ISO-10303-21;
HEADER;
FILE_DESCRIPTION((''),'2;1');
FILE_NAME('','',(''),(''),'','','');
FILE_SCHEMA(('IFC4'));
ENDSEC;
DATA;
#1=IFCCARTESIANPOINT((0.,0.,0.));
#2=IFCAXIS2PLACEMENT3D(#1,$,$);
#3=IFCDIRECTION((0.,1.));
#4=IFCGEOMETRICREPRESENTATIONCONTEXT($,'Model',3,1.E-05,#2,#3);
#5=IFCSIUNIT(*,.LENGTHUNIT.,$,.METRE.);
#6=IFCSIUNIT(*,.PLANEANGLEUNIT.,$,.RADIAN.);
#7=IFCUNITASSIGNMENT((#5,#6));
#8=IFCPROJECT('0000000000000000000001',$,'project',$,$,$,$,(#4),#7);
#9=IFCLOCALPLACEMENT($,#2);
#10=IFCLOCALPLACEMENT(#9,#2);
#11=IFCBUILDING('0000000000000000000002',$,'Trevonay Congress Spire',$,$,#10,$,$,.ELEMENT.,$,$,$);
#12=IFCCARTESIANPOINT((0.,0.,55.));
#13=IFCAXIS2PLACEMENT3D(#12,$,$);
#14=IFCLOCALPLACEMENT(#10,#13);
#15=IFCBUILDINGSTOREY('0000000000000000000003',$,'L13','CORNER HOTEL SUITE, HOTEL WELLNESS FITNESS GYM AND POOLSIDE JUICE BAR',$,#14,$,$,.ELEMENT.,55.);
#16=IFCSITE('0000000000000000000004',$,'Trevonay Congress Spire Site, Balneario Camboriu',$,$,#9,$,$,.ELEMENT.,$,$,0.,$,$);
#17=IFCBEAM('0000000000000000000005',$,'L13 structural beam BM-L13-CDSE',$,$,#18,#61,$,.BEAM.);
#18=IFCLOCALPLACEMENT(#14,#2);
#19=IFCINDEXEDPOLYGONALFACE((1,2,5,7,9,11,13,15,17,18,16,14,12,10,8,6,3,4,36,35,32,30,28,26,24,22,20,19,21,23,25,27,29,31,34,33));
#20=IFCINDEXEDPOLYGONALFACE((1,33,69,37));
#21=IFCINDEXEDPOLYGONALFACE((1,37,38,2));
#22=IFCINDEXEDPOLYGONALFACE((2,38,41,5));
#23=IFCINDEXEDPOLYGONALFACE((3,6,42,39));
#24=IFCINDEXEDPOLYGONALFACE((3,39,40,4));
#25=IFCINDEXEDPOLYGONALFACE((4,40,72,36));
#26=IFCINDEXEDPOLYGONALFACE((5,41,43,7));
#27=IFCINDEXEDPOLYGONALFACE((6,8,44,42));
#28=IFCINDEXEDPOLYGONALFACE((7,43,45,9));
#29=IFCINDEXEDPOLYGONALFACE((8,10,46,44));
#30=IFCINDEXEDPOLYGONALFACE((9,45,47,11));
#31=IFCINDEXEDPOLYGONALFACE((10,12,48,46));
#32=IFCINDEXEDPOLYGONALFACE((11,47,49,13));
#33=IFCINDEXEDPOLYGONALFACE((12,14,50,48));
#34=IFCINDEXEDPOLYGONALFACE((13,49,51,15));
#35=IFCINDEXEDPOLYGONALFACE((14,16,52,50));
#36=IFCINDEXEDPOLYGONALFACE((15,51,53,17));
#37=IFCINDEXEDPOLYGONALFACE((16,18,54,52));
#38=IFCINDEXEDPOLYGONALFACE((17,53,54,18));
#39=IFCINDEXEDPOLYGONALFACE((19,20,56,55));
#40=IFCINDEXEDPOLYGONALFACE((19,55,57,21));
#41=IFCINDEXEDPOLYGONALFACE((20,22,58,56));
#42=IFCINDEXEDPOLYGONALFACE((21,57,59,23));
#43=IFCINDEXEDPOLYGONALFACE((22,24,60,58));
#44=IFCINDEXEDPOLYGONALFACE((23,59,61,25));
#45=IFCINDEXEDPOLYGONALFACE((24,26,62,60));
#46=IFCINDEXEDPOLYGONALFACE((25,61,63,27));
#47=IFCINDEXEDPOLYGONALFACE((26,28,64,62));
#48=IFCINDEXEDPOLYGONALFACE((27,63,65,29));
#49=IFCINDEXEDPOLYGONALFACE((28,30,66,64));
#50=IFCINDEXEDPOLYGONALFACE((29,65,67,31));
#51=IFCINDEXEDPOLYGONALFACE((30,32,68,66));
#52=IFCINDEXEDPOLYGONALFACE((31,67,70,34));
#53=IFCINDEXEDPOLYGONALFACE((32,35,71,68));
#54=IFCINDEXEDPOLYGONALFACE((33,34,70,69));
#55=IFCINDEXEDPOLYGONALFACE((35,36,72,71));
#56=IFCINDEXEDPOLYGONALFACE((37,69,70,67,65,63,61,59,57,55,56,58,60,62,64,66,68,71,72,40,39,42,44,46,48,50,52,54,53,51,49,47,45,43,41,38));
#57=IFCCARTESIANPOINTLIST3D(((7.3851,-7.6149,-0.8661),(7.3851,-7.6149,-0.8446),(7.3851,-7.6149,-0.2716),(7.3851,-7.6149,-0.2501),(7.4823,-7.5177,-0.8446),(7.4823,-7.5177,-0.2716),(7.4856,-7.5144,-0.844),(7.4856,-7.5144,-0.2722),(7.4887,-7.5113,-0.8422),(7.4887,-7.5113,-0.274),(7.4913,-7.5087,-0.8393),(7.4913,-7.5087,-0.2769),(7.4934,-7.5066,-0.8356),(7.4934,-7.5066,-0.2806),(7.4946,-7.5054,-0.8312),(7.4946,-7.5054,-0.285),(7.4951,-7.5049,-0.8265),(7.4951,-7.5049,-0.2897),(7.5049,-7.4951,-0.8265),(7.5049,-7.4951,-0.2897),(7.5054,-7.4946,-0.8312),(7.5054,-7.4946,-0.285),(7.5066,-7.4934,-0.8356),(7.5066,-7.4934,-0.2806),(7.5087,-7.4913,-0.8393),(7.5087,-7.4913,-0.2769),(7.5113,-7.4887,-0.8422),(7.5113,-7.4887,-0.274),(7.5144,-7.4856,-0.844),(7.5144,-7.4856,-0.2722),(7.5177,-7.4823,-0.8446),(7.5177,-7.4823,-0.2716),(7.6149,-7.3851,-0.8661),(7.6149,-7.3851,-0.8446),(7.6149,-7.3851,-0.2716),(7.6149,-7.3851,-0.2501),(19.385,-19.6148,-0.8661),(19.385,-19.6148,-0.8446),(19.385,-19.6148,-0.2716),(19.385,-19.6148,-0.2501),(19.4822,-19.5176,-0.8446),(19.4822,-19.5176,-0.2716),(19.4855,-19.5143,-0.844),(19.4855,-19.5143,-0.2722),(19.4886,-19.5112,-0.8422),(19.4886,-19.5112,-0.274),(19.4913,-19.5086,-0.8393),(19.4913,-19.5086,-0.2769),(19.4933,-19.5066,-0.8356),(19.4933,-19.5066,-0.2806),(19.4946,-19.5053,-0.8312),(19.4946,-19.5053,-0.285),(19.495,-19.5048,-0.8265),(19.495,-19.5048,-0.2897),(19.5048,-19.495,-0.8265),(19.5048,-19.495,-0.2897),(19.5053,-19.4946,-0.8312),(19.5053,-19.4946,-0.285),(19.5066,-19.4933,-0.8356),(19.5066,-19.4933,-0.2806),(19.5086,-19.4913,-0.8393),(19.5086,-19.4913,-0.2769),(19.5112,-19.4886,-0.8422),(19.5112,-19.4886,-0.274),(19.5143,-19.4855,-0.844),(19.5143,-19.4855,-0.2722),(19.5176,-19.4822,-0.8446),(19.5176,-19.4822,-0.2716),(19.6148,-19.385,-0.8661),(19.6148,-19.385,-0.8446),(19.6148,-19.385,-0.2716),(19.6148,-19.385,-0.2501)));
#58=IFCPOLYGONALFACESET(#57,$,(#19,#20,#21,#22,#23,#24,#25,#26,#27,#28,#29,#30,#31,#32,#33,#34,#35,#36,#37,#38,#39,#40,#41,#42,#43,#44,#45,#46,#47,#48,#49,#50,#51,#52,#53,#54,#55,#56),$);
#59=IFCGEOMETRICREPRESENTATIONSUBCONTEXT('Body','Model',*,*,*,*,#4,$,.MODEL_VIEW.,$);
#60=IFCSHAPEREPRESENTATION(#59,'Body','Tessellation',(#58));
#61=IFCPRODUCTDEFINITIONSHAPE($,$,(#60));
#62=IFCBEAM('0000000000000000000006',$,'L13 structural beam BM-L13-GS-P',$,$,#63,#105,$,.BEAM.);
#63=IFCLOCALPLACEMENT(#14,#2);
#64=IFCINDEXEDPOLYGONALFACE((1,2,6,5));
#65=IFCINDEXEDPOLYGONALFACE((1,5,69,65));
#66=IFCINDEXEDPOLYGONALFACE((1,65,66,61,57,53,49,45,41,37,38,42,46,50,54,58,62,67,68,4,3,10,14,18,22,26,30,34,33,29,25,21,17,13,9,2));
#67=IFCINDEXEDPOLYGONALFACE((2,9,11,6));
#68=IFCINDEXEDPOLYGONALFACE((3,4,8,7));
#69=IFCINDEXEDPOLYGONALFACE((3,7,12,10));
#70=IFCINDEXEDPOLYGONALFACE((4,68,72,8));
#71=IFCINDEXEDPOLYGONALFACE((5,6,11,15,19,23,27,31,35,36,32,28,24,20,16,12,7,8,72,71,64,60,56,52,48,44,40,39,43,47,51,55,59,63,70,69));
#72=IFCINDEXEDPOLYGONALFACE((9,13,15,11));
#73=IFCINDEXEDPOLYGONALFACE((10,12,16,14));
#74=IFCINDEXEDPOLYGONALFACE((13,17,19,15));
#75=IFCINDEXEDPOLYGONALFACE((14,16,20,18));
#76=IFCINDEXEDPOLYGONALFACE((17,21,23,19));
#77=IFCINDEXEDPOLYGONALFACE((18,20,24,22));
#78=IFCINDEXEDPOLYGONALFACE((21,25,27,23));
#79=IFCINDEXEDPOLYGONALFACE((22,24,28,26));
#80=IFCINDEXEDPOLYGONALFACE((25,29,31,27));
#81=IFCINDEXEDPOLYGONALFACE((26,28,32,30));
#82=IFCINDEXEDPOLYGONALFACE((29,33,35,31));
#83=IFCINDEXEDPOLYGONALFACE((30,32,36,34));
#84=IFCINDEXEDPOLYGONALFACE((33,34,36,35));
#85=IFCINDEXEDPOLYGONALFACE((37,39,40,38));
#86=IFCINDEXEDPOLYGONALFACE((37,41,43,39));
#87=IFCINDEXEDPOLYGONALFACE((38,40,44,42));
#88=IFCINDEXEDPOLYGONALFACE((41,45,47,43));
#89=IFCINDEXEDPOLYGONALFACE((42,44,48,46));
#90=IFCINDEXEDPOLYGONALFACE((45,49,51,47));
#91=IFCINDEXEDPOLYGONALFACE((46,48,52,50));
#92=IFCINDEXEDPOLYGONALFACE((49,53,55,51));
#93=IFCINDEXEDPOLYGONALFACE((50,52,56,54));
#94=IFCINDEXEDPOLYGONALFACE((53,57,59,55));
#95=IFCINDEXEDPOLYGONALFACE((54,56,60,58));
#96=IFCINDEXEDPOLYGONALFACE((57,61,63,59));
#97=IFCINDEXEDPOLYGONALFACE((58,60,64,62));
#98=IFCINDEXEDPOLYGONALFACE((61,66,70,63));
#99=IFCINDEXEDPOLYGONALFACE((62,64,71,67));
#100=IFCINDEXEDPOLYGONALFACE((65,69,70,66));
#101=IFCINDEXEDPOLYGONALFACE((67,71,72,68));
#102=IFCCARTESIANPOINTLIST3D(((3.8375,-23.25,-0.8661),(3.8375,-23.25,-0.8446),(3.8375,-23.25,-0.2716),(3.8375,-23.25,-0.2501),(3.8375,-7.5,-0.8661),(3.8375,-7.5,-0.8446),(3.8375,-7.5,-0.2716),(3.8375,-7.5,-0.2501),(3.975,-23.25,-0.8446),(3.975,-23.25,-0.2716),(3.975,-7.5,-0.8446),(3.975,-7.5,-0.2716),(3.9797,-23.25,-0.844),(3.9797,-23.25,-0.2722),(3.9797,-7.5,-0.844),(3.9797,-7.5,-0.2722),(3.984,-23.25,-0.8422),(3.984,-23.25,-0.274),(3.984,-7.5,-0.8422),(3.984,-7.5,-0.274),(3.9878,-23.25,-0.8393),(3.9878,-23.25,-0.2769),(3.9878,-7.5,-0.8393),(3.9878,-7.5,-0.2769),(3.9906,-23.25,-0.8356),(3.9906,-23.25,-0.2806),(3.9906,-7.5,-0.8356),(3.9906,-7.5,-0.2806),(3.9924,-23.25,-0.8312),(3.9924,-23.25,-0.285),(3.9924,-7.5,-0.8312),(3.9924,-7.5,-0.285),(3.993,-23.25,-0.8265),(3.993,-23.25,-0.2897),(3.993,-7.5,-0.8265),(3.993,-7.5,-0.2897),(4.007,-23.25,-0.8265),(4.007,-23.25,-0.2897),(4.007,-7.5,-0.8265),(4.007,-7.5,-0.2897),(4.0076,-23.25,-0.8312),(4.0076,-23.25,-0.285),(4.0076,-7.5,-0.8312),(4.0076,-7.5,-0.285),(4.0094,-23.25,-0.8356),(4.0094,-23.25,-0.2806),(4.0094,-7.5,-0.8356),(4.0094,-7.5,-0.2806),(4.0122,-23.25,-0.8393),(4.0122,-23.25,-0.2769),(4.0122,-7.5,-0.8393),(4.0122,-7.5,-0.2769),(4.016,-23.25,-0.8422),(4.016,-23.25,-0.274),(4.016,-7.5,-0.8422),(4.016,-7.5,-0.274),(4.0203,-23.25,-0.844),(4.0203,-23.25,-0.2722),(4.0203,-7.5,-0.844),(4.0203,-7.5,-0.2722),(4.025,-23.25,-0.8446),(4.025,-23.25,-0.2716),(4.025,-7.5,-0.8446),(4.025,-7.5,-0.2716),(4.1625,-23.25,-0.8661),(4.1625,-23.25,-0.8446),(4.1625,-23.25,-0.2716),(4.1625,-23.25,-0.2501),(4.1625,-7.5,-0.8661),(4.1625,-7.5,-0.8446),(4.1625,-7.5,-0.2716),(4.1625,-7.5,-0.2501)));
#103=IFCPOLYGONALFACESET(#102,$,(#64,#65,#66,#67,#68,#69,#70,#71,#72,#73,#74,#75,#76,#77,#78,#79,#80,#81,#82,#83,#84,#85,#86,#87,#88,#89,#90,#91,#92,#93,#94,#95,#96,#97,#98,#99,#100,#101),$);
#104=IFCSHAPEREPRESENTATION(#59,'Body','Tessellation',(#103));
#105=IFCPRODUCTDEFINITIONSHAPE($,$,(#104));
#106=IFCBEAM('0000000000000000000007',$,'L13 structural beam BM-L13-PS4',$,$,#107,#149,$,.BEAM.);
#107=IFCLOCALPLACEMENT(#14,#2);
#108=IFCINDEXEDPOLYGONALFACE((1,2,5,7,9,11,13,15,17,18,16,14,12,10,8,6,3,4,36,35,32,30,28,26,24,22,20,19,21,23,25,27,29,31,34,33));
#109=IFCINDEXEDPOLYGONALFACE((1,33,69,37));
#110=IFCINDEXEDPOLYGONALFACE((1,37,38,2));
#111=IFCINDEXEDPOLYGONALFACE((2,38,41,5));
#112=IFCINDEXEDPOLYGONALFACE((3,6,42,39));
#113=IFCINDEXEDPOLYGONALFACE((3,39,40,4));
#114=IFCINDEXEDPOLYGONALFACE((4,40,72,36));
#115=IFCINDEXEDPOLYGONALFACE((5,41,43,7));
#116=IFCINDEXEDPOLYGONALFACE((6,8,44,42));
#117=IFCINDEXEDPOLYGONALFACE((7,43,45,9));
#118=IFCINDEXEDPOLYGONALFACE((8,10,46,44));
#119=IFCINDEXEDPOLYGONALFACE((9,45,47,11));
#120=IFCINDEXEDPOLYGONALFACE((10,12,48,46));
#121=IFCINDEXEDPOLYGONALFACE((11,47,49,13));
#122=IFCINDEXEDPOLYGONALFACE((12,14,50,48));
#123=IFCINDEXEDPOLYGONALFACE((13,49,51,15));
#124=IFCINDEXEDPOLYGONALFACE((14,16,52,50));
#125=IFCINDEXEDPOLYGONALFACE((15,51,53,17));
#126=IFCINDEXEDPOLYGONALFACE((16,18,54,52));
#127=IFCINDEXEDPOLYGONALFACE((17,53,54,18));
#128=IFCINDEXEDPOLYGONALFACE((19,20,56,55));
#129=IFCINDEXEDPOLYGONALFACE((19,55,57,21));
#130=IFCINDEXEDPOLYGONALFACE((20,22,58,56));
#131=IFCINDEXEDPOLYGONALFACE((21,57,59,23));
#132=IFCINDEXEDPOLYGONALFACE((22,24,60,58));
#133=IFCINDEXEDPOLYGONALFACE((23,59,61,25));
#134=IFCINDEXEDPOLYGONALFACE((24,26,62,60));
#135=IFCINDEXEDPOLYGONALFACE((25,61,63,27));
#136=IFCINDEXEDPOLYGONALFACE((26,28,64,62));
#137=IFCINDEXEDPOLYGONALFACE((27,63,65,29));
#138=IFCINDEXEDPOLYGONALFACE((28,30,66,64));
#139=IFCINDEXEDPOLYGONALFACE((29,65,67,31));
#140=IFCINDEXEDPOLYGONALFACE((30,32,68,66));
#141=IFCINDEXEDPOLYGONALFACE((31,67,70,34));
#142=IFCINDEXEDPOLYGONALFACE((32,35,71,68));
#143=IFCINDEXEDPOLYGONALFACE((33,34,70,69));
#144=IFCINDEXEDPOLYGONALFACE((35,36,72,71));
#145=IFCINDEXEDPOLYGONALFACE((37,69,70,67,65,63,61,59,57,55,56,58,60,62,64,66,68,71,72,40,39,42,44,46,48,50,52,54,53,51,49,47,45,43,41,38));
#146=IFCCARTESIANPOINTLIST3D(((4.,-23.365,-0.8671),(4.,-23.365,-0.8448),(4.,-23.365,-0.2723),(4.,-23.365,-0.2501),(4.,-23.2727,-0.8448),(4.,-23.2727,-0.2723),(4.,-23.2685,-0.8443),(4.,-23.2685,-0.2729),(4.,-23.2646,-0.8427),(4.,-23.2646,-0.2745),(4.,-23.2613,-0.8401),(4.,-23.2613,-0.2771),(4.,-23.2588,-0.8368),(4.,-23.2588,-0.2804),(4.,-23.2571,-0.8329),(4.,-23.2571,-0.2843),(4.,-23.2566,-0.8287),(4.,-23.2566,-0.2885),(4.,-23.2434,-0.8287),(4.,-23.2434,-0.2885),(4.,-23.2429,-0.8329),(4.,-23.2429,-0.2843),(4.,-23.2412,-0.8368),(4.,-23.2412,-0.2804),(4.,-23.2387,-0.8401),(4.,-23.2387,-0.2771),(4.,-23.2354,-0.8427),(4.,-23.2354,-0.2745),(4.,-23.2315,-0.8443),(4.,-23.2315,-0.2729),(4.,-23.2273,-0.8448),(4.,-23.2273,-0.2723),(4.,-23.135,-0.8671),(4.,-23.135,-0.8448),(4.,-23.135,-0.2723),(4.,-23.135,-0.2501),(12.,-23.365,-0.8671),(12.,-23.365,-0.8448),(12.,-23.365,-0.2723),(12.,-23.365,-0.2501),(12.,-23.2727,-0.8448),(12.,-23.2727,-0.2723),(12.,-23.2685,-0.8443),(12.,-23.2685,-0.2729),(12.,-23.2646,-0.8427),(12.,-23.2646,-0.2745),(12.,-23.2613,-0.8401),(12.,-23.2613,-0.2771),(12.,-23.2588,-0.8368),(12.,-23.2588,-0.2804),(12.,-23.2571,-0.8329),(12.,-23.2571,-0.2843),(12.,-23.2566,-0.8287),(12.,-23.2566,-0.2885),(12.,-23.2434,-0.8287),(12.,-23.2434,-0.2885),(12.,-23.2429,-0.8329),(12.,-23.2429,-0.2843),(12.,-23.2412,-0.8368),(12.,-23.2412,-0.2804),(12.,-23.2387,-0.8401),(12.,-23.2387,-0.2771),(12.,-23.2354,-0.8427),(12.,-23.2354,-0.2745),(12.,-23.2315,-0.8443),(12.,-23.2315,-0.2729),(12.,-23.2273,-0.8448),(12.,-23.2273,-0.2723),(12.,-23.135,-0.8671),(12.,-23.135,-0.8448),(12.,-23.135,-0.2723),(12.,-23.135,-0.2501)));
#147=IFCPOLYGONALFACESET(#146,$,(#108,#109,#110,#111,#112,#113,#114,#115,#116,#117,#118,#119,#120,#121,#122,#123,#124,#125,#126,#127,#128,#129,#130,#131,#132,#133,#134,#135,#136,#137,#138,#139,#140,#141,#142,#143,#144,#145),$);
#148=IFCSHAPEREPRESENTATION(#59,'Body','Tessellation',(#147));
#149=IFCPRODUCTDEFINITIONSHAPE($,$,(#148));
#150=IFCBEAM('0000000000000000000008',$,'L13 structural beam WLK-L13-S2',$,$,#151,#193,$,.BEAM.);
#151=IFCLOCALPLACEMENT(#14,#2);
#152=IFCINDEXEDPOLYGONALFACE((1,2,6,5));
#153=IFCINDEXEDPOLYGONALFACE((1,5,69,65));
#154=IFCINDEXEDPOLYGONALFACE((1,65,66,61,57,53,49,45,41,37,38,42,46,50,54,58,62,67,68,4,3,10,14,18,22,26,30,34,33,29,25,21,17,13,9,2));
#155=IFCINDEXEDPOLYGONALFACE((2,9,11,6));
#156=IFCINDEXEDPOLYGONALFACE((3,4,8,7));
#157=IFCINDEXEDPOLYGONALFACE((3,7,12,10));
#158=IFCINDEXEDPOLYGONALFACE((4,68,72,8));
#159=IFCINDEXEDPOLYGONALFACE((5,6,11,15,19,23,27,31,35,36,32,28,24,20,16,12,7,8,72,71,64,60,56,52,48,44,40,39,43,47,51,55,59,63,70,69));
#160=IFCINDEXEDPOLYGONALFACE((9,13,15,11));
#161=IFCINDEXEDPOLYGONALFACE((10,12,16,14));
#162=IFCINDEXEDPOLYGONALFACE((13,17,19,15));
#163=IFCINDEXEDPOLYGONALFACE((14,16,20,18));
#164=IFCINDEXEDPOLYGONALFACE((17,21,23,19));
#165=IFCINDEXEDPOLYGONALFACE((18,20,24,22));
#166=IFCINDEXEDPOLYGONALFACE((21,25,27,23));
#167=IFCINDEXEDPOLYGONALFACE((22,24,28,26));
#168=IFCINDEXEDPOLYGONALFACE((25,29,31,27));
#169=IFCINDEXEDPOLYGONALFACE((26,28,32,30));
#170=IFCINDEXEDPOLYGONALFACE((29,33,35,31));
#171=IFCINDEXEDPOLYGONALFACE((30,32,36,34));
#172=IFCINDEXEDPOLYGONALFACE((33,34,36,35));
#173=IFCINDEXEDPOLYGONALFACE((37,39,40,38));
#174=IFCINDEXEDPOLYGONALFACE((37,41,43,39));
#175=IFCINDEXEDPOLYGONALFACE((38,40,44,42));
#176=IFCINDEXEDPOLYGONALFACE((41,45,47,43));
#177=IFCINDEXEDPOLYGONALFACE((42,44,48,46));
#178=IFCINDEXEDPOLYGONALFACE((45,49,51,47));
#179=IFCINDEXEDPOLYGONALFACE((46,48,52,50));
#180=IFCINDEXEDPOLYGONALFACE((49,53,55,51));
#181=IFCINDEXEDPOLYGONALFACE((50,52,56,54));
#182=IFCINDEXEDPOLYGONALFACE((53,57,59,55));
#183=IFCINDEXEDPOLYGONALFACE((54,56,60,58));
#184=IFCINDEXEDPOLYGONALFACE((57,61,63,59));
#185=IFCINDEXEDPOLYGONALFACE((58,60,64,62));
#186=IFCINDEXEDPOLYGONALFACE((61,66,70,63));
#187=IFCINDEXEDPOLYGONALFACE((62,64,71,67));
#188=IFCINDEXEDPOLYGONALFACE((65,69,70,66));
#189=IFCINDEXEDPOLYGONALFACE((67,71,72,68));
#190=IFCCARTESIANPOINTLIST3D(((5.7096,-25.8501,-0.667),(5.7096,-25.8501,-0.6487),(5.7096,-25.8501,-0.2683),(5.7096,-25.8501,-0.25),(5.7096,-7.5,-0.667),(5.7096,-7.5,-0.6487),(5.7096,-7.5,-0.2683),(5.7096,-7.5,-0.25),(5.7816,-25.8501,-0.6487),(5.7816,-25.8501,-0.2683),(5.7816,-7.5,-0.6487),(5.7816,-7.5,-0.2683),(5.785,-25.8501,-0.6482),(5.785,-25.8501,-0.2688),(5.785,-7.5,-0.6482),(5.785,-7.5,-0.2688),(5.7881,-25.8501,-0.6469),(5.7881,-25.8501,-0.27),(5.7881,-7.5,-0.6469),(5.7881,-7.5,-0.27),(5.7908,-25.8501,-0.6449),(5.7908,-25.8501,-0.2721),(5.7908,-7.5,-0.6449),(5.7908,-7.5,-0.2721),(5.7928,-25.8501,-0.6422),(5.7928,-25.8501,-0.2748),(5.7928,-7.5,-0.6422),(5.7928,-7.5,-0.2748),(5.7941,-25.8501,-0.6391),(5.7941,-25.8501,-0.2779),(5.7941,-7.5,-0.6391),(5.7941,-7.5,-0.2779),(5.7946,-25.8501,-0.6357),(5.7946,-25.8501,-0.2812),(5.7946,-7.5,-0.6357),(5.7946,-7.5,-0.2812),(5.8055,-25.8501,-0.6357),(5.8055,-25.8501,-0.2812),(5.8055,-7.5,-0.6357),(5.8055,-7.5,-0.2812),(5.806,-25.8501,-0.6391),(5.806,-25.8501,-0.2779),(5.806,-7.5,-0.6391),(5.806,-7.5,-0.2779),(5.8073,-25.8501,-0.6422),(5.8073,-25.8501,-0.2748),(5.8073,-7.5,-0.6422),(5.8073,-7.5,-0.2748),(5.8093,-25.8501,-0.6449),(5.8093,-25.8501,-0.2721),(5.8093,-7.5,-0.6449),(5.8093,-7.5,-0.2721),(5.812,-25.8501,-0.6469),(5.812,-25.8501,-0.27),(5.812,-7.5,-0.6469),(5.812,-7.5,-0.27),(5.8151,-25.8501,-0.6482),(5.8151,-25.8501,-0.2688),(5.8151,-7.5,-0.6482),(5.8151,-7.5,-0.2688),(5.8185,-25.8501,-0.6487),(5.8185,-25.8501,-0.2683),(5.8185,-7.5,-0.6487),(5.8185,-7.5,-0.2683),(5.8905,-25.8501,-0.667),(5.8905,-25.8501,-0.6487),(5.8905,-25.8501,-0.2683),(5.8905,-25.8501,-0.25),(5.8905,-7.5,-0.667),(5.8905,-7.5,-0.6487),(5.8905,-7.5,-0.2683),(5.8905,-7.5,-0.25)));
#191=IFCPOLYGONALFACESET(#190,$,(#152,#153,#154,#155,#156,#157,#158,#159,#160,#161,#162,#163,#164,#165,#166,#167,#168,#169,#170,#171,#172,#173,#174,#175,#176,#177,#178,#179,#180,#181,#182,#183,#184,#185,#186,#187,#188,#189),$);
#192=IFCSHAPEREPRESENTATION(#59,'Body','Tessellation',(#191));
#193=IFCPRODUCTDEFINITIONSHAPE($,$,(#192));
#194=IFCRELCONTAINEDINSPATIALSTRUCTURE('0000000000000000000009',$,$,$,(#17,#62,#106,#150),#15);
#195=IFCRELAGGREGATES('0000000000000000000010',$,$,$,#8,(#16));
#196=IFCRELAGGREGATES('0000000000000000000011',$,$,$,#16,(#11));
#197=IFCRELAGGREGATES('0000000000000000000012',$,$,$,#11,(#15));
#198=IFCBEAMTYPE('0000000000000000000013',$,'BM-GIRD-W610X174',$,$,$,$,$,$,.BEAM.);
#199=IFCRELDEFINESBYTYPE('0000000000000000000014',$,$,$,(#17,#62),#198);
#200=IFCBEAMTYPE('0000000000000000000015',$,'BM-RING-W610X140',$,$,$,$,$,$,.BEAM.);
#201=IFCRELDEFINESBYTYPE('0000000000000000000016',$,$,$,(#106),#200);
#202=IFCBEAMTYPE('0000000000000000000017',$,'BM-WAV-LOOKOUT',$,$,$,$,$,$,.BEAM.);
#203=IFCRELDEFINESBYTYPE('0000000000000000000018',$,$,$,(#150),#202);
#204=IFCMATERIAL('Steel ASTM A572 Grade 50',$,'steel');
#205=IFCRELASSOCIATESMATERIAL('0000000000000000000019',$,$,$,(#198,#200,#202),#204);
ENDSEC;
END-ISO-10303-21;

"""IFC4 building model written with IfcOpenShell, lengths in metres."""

from ifc_helpers import new_model, si_unit, direction, frame, origin, origin_2d, place, context, subcontext, project, spatial, i_section, extrude, material, material_profile, profile_set, type_object, element, save


model = new_model("IFC4")

# Units and contexts
model_context = context("Model", 3, precision=1e-05, world=origin(), true_north=direction((0.0, 1.0)))
body_context = subcontext(model_context, "Body", "Model", "MODEL_VIEW")
ifc_project = project(units=[si_unit("LENGTHUNIT", "METRE"), si_unit("PLANEANGLEUNIT", "RADIAN")], contexts=[model_context])

# Site, building, storey
site_placement = place(None, origin())
site = spatial("IfcSite", under=ifc_project, at=site_placement, Name="Trevonay Congress Spire Site, Balneario Camboriu", CompositionType="ELEMENT", RefElevation=0.0)
building_placement = place(site_placement, origin())
building = spatial("IfcBuilding", under=site, at=building_placement, Name="Trevonay Congress Spire", CompositionType="ELEMENT")
storey_placement = place(building_placement, frame((0.0, 0.0, 55.0)))
storey = spatial("IfcBuildingStorey", under=building, at=storey_placement, Name="L13", Description="CORNER HOTEL SUITE, HOTEL WELLNESS FITNESS GYM AND POOLSIDE JUICE BAR", CompositionType="ELEMENT", Elevation=55.0)

# Shared definitions
ifc_material_1 = material(Name="Steel ASTM A572 Grade 50", Category="steel")

# Beams
ifc_material_profile_1 = material_profile(ifc_material_1, i_section(OverallWidth=0.325, OverallDepth=0.616, WebThickness=0.0139, FlangeThickness=0.0215, FilletRadius=0.0181, at=origin_2d()), Name="W610x174")
ifc_profile_set_1 = profile_set([ifc_material_profile_1], Name="Steel ASTM A572 Grade 50")
beam_type_1 = type_object("IfcBeamType", Name="BM-GIRD-W610X174", PredefinedType="BEAM", material=ifc_profile_set_1)
beam_1_placement = place(storey_placement, frame((7.5, -7.5, -0.5581), z_axis=(0.707107, -0.707107, 0.0), x_axis=(0.707107, 0.707107, 0.0)))
element("IfcBeam", 1, at=beam_1_placement, inside=storey, type_object=beam_type_1, Name="L13 structural beam BM-L13-CDSE", PredefinedType="BEAM", context=body_context, shape_type="SweptSolid", body=[
    extrude(i_section(OverallWidth=0.325, OverallDepth=0.616, WebThickness=0.0139, FlangeThickness=0.0215, FilletRadius=0.0181, at=origin_2d()), origin(), (0.0, 0.0, 1.0), 16.9705),
])
beam_2_placement = place(storey_placement, frame((4.0, -7.5, -0.5581), z_axis=(0.0, -1.0, 0.0), x_axis=(1.0, 0.0, 0.0)))
element("IfcBeam", 2, at=beam_2_placement, inside=storey, type_object=beam_type_1, Name="L13 structural beam BM-L13-GS-P", PredefinedType="BEAM", context=body_context, shape_type="SweptSolid", body=[
    extrude(i_section(OverallWidth=0.325, OverallDepth=0.616, WebThickness=0.0139, FlangeThickness=0.0215, FilletRadius=0.0181, at=origin_2d()), origin(), (0.0, 0.0, 1.0), 15.75),
])
ifc_material_profile_2 = material_profile(ifc_material_1, i_section(OverallWidth=0.23, OverallDepth=0.6169, WebThickness=0.0132, FlangeThickness=0.0222, FilletRadius=0.0161, at=origin_2d()), Name="W610x140")
ifc_profile_set_2 = profile_set([ifc_material_profile_2], Name="Steel ASTM A572 Grade 50")
beam_type_2 = type_object("IfcBeamType", Name="BM-RING-W610X140", PredefinedType="BEAM", material=ifc_profile_set_2)
beam_3_placement = place(storey_placement, frame((4.0, -23.25, -0.5586), z_axis=(1.0, 0.0, 0.0), x_axis=(0.0, 1.0, 0.0)))
element("IfcBeam", 3, at=beam_3_placement, inside=storey, type_object=beam_type_2, Name="L13 structural beam BM-L13-PS4", PredefinedType="BEAM", context=body_context, shape_type="SweptSolid", body=[
    extrude(i_section(OverallWidth=0.23, OverallDepth=0.6169, WebThickness=0.0132, FlangeThickness=0.0222, FilletRadius=0.0161, at=origin_2d()), origin(), (0.0, 0.0, 1.0), 8.0),
])
ifc_material_profile_3 = material_profile(ifc_material_1, i_section(OverallWidth=0.1809, OverallDepth=0.417, WebThickness=0.011, FlangeThickness=0.0183, FilletRadius=0.0129, at=origin_2d()), Name="W410x85")
ifc_profile_set_3 = profile_set([ifc_material_profile_3], Name="Steel ASTM A572 Grade 50")
beam_type_3 = type_object("IfcBeamType", Name="BM-WAV-LOOKOUT", PredefinedType="BEAM", material=ifc_profile_set_3)
beam_4_placement = place(storey_placement, frame((5.8, -7.5, -0.4585), z_axis=(0.0, -1.0, 0.0), x_axis=(1.0, 0.0, 0.0)))
element("IfcBeam", 4, at=beam_4_placement, inside=storey, type_object=beam_type_3, Name="L13 structural beam WLK-L13-S2", PredefinedType="BEAM", context=body_context, shape_type="SweptSolid", body=[
    extrude(i_section(OverallWidth=0.1809, OverallDepth=0.417, WebThickness=0.011, FlangeThickness=0.0183, FilletRadius=0.0129, at=origin_2d()), origin(), (0.0, 0.0, 1.0), 18.3501),
])

save(model, "model.ifc")
